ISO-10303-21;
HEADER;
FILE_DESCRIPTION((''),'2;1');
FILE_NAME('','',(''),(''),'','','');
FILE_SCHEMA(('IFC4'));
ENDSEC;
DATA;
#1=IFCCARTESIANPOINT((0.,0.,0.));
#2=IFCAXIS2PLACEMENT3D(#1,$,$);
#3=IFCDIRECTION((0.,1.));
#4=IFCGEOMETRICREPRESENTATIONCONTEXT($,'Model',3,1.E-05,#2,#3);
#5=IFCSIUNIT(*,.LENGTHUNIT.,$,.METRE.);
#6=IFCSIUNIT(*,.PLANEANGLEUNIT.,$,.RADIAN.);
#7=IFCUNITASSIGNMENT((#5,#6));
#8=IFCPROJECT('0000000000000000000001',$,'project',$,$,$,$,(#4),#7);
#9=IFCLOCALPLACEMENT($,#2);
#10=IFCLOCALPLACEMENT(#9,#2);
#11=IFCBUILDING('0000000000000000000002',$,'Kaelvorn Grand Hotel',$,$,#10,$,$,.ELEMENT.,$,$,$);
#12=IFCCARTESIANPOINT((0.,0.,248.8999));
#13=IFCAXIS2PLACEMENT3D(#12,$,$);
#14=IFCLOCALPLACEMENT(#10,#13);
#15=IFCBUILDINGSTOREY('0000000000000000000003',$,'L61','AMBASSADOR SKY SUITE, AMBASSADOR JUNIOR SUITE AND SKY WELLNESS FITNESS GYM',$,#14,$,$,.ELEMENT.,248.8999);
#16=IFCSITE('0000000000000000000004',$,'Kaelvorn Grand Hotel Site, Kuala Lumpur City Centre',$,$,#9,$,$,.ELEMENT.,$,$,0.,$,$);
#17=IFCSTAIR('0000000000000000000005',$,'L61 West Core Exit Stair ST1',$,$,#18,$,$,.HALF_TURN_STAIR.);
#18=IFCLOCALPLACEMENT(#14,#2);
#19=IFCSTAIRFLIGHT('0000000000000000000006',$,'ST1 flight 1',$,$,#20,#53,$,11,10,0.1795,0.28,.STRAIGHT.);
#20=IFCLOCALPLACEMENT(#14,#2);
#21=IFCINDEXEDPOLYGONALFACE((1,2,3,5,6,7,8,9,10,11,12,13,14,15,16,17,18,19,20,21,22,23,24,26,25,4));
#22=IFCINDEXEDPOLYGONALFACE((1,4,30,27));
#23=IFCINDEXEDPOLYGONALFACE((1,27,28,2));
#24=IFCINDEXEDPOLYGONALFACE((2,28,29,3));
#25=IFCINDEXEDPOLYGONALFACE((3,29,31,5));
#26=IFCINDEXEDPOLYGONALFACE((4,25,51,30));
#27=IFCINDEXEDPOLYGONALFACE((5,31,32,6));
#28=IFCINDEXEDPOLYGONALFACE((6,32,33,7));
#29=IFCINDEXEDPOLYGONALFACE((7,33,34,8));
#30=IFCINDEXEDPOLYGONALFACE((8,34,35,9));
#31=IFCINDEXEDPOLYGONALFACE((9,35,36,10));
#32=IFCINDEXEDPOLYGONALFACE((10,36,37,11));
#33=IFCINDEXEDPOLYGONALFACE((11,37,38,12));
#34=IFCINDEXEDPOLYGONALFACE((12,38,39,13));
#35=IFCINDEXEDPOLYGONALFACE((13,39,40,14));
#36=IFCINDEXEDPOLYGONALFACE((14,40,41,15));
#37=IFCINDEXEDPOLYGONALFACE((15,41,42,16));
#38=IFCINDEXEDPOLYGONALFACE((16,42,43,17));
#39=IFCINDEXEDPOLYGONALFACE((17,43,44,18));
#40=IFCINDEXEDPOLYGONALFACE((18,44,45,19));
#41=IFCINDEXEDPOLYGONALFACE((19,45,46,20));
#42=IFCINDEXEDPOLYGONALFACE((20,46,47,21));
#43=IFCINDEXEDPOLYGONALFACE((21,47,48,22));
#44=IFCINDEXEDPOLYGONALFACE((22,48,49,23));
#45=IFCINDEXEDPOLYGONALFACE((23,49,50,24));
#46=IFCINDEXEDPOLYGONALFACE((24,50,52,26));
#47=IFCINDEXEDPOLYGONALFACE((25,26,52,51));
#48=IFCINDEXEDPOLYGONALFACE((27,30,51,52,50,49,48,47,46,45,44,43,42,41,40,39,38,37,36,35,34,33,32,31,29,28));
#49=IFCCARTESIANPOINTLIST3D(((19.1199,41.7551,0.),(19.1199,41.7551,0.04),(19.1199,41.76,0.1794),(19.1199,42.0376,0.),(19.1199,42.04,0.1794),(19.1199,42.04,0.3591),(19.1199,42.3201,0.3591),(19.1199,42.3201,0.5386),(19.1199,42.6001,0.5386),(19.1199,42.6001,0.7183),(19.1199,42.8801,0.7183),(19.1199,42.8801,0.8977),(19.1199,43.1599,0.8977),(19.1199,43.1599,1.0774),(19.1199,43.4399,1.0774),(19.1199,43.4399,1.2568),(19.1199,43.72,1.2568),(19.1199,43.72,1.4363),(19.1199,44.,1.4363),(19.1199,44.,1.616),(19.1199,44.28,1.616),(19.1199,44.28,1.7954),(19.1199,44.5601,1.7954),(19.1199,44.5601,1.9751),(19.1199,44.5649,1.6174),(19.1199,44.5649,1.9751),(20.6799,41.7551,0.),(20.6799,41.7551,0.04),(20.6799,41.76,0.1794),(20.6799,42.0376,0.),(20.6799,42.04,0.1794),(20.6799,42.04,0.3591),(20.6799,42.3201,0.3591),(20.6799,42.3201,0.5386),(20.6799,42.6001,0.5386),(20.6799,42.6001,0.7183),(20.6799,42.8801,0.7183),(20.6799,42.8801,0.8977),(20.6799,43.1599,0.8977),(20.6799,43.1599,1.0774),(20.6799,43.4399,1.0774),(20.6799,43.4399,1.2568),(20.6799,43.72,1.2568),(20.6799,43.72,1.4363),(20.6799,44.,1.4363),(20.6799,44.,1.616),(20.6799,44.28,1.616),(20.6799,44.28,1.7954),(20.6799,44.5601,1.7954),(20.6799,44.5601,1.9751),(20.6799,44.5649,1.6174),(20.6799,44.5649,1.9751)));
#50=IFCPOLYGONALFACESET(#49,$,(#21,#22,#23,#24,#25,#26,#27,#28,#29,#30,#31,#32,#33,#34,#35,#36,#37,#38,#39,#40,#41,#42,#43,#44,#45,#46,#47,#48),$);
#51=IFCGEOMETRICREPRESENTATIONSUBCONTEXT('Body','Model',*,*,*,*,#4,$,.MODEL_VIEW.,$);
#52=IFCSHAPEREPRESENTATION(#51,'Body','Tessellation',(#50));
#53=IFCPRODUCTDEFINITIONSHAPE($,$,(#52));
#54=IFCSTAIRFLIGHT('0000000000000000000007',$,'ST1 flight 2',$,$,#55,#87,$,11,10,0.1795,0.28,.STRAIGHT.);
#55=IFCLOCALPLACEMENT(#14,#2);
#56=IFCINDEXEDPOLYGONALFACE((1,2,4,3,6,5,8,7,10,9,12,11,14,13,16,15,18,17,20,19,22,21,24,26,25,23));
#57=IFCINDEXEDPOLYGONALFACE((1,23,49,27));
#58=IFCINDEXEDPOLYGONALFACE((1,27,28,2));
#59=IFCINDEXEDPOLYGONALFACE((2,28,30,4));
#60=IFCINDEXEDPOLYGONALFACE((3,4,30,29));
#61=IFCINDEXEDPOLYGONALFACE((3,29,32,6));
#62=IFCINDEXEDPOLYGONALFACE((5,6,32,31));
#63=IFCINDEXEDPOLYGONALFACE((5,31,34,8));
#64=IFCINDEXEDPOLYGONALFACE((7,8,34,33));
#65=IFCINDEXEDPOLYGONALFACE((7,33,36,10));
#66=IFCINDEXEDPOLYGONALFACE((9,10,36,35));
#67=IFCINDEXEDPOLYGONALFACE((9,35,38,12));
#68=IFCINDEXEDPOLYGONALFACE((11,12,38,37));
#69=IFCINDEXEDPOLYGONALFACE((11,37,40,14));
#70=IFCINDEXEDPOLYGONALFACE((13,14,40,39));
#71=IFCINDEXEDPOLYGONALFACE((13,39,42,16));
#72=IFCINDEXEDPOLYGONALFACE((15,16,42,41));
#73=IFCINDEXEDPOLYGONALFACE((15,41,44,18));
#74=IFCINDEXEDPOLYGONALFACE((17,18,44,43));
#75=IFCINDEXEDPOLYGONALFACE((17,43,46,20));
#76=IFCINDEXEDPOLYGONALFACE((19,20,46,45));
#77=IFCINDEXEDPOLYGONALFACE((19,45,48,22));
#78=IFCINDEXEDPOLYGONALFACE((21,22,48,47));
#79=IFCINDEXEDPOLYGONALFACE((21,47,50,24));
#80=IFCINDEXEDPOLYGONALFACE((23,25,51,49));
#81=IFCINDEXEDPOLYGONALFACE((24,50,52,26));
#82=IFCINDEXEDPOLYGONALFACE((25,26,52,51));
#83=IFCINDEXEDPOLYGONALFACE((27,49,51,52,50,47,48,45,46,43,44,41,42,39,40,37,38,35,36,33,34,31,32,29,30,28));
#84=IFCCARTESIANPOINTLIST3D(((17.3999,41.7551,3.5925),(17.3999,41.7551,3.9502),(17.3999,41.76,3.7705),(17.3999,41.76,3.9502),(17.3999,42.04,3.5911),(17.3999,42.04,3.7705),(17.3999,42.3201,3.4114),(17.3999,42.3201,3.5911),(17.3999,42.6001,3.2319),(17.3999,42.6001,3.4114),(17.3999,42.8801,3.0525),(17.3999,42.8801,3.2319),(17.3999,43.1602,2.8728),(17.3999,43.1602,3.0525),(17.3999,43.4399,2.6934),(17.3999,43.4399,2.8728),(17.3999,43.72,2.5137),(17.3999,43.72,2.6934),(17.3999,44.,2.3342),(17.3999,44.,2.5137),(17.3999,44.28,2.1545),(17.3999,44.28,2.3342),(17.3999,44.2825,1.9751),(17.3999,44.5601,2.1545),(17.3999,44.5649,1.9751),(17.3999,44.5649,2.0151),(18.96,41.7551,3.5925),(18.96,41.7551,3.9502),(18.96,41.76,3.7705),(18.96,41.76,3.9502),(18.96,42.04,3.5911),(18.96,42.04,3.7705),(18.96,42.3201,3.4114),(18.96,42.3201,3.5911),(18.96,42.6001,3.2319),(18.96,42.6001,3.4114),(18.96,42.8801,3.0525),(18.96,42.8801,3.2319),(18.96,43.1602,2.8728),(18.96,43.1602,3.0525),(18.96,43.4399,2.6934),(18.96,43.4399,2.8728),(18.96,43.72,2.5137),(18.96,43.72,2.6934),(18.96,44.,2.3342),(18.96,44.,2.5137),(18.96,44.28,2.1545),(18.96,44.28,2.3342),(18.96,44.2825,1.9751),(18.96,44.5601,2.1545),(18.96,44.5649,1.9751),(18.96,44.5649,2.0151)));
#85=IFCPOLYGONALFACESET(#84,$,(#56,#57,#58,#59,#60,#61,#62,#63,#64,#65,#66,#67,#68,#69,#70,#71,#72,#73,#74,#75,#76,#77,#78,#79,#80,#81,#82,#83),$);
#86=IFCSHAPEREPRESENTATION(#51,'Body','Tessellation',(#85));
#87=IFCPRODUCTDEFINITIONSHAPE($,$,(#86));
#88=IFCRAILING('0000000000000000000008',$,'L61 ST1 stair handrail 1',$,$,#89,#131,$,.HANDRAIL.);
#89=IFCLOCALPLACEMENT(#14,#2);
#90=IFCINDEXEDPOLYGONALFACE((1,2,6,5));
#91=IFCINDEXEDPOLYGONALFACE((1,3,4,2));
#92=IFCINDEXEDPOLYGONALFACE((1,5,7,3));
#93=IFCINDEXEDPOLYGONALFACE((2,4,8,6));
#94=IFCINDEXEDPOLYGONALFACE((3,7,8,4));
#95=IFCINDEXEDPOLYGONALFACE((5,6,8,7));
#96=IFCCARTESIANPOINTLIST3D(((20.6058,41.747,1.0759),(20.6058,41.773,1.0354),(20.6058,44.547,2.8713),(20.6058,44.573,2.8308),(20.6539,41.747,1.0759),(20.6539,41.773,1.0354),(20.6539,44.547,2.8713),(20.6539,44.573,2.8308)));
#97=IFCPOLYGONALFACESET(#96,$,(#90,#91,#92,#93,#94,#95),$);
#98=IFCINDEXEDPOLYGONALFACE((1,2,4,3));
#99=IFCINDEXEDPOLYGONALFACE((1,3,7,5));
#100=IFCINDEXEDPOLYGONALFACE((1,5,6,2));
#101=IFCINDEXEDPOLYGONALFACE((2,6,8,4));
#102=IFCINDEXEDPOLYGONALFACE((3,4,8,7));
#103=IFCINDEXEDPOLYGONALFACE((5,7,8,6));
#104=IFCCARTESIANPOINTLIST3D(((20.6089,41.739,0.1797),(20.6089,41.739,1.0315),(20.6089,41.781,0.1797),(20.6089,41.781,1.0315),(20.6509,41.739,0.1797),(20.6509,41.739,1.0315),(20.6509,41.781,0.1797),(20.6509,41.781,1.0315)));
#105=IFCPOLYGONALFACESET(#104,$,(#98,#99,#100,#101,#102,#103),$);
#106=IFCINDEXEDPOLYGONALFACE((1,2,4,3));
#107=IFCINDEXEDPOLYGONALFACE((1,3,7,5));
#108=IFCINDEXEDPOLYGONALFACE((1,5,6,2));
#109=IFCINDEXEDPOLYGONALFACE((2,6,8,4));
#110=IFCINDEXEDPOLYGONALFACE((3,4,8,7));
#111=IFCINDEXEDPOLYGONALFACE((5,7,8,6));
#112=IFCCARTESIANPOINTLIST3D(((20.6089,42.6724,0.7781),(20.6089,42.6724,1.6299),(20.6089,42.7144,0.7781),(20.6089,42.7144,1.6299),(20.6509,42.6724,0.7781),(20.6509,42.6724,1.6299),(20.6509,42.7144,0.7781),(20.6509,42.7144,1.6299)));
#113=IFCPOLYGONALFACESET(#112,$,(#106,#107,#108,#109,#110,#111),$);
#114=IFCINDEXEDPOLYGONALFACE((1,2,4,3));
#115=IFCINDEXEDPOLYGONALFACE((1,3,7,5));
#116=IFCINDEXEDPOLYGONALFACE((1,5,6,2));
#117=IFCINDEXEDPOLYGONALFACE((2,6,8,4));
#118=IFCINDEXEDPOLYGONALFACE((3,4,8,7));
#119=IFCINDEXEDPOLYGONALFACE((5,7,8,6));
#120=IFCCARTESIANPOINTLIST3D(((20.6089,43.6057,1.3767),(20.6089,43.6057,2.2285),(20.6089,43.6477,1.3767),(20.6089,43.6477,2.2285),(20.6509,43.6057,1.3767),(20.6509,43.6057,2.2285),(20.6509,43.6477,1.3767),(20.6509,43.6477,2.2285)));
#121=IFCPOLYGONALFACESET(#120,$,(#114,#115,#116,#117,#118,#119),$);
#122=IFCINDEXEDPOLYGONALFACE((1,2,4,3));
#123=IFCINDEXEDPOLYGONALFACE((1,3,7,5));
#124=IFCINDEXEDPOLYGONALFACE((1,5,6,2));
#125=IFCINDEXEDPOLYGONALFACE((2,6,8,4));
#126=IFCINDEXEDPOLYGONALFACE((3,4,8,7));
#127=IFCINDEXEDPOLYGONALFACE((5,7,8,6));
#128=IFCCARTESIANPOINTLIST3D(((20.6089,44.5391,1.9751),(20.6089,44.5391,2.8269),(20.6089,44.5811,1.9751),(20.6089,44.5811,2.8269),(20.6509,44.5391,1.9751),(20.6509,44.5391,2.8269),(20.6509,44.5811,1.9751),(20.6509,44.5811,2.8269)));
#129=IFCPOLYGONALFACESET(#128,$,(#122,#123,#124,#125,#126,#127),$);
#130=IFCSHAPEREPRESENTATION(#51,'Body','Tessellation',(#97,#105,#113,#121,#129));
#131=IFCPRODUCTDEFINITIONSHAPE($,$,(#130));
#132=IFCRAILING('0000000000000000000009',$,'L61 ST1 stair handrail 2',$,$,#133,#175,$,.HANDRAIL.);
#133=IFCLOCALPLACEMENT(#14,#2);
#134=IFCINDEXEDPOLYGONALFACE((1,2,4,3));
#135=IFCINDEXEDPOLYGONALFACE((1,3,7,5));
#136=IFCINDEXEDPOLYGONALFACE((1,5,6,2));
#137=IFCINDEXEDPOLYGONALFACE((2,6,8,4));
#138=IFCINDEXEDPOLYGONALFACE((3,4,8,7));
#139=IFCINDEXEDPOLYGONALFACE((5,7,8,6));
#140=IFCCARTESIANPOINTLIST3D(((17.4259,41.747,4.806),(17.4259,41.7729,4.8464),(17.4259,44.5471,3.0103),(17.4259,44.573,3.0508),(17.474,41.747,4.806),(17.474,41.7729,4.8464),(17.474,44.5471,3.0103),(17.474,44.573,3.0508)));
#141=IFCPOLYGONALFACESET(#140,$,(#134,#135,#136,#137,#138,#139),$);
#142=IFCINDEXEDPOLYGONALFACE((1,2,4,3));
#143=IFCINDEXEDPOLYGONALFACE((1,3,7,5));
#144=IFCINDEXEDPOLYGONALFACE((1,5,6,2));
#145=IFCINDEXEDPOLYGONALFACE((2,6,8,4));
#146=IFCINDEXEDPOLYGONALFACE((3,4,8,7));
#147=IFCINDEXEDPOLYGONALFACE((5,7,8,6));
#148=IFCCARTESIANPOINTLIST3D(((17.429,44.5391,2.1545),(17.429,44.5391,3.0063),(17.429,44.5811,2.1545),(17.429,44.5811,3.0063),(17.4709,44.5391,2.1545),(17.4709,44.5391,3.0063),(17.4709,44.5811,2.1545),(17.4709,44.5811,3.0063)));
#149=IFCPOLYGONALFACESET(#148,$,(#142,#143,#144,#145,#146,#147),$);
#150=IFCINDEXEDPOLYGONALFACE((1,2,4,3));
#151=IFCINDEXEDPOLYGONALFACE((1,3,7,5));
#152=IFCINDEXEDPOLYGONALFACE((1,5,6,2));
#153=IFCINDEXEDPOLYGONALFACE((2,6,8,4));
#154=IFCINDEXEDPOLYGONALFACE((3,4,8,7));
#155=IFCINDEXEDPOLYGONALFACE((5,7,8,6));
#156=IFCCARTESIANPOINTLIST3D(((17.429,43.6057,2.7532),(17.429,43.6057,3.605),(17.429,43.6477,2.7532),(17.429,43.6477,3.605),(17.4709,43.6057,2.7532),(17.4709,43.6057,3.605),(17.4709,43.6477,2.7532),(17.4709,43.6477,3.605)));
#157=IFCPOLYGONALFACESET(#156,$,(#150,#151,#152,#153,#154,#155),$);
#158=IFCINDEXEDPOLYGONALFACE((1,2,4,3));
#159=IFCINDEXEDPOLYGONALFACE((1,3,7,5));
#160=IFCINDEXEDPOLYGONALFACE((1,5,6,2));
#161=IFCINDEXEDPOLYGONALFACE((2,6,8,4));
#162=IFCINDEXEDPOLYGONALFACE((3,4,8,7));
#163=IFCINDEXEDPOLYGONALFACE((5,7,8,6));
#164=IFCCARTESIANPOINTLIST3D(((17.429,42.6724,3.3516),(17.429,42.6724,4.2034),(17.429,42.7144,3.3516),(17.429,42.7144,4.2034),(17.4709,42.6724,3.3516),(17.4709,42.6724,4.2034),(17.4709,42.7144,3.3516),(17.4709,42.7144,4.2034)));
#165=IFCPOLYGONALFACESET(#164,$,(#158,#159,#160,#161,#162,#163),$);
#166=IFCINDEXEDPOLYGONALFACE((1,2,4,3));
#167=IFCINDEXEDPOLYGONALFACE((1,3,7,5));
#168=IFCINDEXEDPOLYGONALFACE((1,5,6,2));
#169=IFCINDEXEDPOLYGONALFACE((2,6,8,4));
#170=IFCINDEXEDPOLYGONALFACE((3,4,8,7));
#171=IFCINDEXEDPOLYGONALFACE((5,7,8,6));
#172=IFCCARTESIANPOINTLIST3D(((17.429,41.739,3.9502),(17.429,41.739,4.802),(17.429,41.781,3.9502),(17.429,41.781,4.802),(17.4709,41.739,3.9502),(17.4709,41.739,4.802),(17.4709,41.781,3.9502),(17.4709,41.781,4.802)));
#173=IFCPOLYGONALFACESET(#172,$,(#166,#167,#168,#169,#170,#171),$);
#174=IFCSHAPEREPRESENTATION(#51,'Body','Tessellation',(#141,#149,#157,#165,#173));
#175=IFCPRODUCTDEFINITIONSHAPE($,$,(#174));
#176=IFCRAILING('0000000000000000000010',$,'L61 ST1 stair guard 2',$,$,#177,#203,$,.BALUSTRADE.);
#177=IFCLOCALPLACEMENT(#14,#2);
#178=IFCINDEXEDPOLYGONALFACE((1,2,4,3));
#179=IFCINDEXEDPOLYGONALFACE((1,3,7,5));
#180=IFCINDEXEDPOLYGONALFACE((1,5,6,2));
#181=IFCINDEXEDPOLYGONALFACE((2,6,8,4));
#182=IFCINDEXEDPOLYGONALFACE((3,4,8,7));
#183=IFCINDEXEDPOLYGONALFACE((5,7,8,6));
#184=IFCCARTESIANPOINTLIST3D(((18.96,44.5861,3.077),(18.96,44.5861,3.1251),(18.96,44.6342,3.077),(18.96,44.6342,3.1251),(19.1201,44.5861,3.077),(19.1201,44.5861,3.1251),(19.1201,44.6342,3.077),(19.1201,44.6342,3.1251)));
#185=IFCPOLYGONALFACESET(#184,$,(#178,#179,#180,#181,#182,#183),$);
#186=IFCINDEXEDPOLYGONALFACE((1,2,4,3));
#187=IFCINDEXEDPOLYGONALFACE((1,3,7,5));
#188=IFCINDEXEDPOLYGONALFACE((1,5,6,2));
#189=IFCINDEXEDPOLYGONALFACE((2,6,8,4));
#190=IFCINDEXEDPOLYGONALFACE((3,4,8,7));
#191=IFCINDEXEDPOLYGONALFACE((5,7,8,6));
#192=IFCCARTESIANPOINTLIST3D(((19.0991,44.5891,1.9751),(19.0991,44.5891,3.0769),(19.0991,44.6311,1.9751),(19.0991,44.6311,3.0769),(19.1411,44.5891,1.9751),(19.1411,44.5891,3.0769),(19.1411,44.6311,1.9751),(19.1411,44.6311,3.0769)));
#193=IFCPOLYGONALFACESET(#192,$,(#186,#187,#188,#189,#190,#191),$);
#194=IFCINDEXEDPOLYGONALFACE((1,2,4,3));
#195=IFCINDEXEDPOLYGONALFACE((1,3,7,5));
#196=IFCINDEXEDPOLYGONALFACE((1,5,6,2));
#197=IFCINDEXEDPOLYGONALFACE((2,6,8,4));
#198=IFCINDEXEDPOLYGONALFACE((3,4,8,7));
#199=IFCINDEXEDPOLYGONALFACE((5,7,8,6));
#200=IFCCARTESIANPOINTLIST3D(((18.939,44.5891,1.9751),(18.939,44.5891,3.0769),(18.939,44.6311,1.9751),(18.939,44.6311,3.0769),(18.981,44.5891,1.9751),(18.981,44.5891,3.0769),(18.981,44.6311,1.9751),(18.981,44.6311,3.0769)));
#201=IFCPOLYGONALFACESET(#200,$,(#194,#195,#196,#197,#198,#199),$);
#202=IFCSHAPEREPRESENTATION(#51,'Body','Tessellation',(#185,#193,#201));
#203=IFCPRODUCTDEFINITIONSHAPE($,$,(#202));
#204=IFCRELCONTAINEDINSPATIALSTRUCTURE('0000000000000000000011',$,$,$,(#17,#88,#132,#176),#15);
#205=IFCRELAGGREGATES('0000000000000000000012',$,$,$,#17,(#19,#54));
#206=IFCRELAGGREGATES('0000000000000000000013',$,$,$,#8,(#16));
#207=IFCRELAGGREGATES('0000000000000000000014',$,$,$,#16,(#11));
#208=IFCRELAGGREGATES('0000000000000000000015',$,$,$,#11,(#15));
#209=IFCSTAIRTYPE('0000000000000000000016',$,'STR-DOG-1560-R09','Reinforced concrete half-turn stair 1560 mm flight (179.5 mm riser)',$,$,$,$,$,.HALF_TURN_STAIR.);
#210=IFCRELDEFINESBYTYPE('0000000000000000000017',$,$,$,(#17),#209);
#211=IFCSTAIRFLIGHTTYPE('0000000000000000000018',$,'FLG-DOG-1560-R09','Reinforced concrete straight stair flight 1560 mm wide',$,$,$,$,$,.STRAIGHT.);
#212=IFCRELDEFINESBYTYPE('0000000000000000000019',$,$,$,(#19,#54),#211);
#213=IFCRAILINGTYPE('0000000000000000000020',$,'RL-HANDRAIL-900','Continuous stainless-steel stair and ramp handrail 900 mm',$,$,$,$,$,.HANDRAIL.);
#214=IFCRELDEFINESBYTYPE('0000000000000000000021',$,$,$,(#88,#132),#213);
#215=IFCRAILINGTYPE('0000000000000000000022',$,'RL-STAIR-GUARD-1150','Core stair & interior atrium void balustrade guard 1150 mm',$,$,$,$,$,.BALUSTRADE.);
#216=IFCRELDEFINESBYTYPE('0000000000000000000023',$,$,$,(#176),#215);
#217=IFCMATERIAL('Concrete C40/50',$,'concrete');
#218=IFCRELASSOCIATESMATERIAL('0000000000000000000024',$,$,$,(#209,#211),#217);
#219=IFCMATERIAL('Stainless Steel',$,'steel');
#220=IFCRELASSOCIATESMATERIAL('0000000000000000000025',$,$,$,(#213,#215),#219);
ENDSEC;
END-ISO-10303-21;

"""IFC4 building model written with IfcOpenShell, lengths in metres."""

from ifc_helpers import new_model, si_unit, direction, frame, origin, origin_2d, place, context, subcontext, project, spatial, polyline, rectangle, outline, extrude, material, type_object, element, aggregate, save


model = new_model("IFC4")

# Units and contexts
model_context = context("Model", 3, precision=1e-05, world=origin(), true_north=direction((0.0, 1.0)))
body_context = subcontext(model_context, "Body", "Model", "MODEL_VIEW")
ifc_project = project(units=[si_unit("LENGTHUNIT", "METRE"), si_unit("PLANEANGLEUNIT", "RADIAN")], contexts=[model_context])

# Site, building, storey
site_placement = place(None, origin())
site = spatial("IfcSite", under=ifc_project, at=site_placement, Name="Kaelvorn Grand Hotel Site, Kuala Lumpur City Centre", CompositionType="ELEMENT", RefElevation=0.0)
building_placement = place(site_placement, origin())
building = spatial("IfcBuilding", under=site, at=building_placement, Name="Kaelvorn Grand Hotel", CompositionType="ELEMENT")
storey_placement = place(building_placement, frame((0.0, 0.0, 248.8999)))
storey = spatial("IfcBuildingStorey", under=building, at=storey_placement, Name="L61", Description="AMBASSADOR SKY SUITE, AMBASSADOR JUNIOR SUITE AND SKY WELLNESS FITNESS GYM", CompositionType="ELEMENT", Elevation=248.8999)

# Shared definitions
ifc_material_1 = material(Name="Concrete C40/50", Category="concrete")

# Stair, stair flights
stair_type = type_object("IfcStairType", Name="STR-DOG-1560-R09", Description="Reinforced concrete half-turn stair 1560 mm flight (179.5 mm riser)", PredefinedType="HALF_TURN_STAIR", material=ifc_material_1)
stair_placement = place(storey_placement, origin())
stair = element("IfcStair", 1, at=stair_placement, inside=storey, type_object=stair_type, Name="L61 West Core Exit Stair ST1", PredefinedType="HALF_TURN_STAIR")
stair_flight_type = type_object("IfcStairFlightType", Name="FLG-DOG-1560-R09", Description="Reinforced concrete straight stair flight 1560 mm wide", PredefinedType="STRAIGHT", material=ifc_material_1)
stair_flight_1_placement = place(storey_placement, frame((19.8999, 41.76, 0.0), z_axis=(0.0, 0.0, 1.0), x_axis=(0.0, 1.0, 0.0)))
stair_flight_1 = element("IfcStairFlight", 2, at=stair_flight_1_placement, type_object=stair_flight_type, Name="ST1 flight 1", NumberOfRisers=11, NumberOfTreads=10, PredefinedType="STRAIGHT", RiserHeight=0.1795, TreadLength=0.28, context=body_context, shape_type="SweptSolid", body=[
    extrude(outline(polyline([(-0.0049, 0.0), (-0.0049, 0.04), (0.0, 0.1794), (0.28, 0.1794), (0.28, 0.3591), (0.5601, 0.3591), (0.5601, 0.5386), (0.8401, 0.5386), (0.8401, 0.7183), (1.1201, 0.7183), (1.1201, 0.8977), (1.3999, 0.8977), (1.3999, 1.0774), (1.6799, 1.0774), (1.6799, 1.2568), (1.96, 1.2568), (1.96, 1.4363), (2.24, 1.4363), (2.24, 1.616), (2.52, 1.616), (2.52, 1.7954), (2.8, 1.7954), (2.8, 1.9751), (2.8049, 1.9751), (2.8049, 1.6174), (0.2776, 0.0), (-0.0049, 0.0)])), frame((0.0, 0.78, 0.0), z_axis=(0.0, -1.0, 0.0), x_axis=(1.0, 0.0, 0.0)), (0.0, 0.0, 1.0), 1.5601),
])
stair_flight_2_placement = place(storey_placement, frame((18.1799, 44.5601, 1.9751), z_axis=(0.0, 0.0, 1.0), x_axis=(0.0, -1.0, 0.0)))
stair_flight_2 = element("IfcStairFlight", 3, at=stair_flight_2_placement, type_object=stair_flight_type, Name="ST1 flight 2", NumberOfRisers=11, NumberOfTreads=10, PredefinedType="STRAIGHT", RiserHeight=0.1795, TreadLength=0.28, context=body_context, shape_type="SweptSolid", body=[
    extrude(outline(polyline([(-0.0049, 0.0), (-0.0049, 0.04), (0.0, 0.1794), (0.28, 0.1794), (0.28, 0.3591), (0.5601, 0.3591), (0.5601, 0.5386), (0.8401, 0.5386), (0.8401, 0.7183), (1.1201, 0.7183), (1.1201, 0.8977), (1.3999, 0.8977), (1.3999, 1.0774), (1.6799, 1.0774), (1.6799, 1.2568), (1.96, 1.2568), (1.96, 1.4363), (2.24, 1.4363), (2.24, 1.616), (2.52, 1.616), (2.52, 1.7954), (2.8, 1.7954), (2.8, 1.9751), (2.8049, 1.9751), (2.8049, 1.6174), (0.2776, 0.0), (-0.0049, 0.0)])), frame((0.0, 0.78, 0.0), z_axis=(0.0, -1.0, 0.0), x_axis=(1.0, 0.0, 0.0)), (0.0, 0.0, 1.0), 1.5601),
])
aggregate(stair, [stair_flight_1, stair_flight_2])

# Railings
ifc_material_2 = material(Name="Stainless Steel", Category="steel")
railing_type_1 = type_object("IfcRailingType", Name="RL-HANDRAIL-900", Description="Continuous stainless-steel stair and ramp handrail 900 mm", PredefinedType="HANDRAIL", material=ifc_material_2)
railing_1_placement = place(storey_placement, frame((20.6299, 41.76, 0.1797)))
element("IfcRailing", 4, at=railing_1_placement, inside=storey, type_object=railing_type_1, Name="L61 ST1 stair handrail 1", PredefinedType="HANDRAIL", context=body_context, shape_type="SweptSolid", body=[
    extrude(rectangle(XDim=0.0481, YDim=0.0481, at=origin_2d()), frame((0.0, 0.0, 0.876), z_axis=(0.0, 0.84181, 0.539774), x_axis=(-1.0, 0.0, 0.0)), (0.0, 0.0, 1.0), 3.3262),
    extrude(rectangle(XDim=0.042, YDim=0.042, at=origin_2d()), origin(), (0.0, 0.0, 1.0), 0.8518),
    extrude(rectangle(XDim=0.042, YDim=0.042, at=origin_2d()), frame((0.0, 0.9333, 0.5984)), (0.0, 0.0, 1.0), 0.8518),
    extrude(rectangle(XDim=0.042, YDim=0.042, at=origin_2d()), frame((0.0, 1.8667, 1.197)), (0.0, 0.0, 1.0), 0.8518),
    extrude(rectangle(XDim=0.042, YDim=0.042, at=origin_2d()), frame((0.0, 2.8, 1.7954)), (0.0, 0.0, 1.0), 0.8518),
])
railing_2_placement = place(storey_placement, frame((17.45, 44.5601, 2.1545)))
element("IfcRailing", 5, at=railing_2_placement, inside=storey, type_object=railing_type_1, Name="L61 ST1 stair handrail 2", PredefinedType="HANDRAIL", context=body_context, shape_type="SweptSolid", body=[
    extrude(rectangle(XDim=0.0481, YDim=0.0481, at=origin_2d()), frame((0.0, 0.0, 0.876), z_axis=(0.0, -0.841777, 0.539826), x_axis=(1.0, 0.0, 0.0)), (0.0, 0.0, 1.0), 3.3264),
    extrude(rectangle(XDim=0.042, YDim=0.042, at=origin_2d()), origin(), (0.0, 0.0, 1.0), 0.8518),
    extrude(rectangle(XDim=0.042, YDim=0.042, at=origin_2d()), frame((0.0, -0.9333, 0.5986)), (0.0, 0.0, 1.0), 0.8518),
    extrude(rectangle(XDim=0.042, YDim=0.042, at=origin_2d()), frame((0.0, -1.8667, 1.197)), (0.0, 0.0, 1.0), 0.8518),
    extrude(rectangle(XDim=0.042, YDim=0.042, at=origin_2d()), frame((0.0, -2.8, 1.7957)), (0.0, 0.0, 1.0), 0.8518),
])
railing_type_2 = type_object("IfcRailingType", Name="RL-STAIR-GUARD-1150", Description="Core stair & interior atrium void balustrade guard 1150 mm", PredefinedType="BALUSTRADE", material=ifc_material_2)
railing_3_placement = place(storey_placement, frame((19.1201, 44.6101, 1.9751)))
element("IfcRailing", 6, at=railing_3_placement, inside=storey, type_object=railing_type_2, Name="L61 ST1 stair guard 2", PredefinedType="BALUSTRADE", context=body_context, shape_type="SweptSolid", body=[
    extrude(rectangle(XDim=0.0481, YDim=0.0481, at=origin_2d()), frame((0.0, 0.0, 1.126), z_axis=(-1.0, 0.0, 0.0), x_axis=(0.0, -1.0, 0.0)), (0.0, 0.0, 1.0), 0.1602),
    extrude(rectangle(XDim=0.042, YDim=0.042, at=origin_2d()), origin(), (0.0, 0.0, 1.0), 1.1018),
    extrude(rectangle(XDim=0.042, YDim=0.042, at=origin_2d()), frame((-0.1602, 0.0, 0.0)), (0.0, 0.0, 1.0), 1.1018),
])

save(model, "model.ifc")
